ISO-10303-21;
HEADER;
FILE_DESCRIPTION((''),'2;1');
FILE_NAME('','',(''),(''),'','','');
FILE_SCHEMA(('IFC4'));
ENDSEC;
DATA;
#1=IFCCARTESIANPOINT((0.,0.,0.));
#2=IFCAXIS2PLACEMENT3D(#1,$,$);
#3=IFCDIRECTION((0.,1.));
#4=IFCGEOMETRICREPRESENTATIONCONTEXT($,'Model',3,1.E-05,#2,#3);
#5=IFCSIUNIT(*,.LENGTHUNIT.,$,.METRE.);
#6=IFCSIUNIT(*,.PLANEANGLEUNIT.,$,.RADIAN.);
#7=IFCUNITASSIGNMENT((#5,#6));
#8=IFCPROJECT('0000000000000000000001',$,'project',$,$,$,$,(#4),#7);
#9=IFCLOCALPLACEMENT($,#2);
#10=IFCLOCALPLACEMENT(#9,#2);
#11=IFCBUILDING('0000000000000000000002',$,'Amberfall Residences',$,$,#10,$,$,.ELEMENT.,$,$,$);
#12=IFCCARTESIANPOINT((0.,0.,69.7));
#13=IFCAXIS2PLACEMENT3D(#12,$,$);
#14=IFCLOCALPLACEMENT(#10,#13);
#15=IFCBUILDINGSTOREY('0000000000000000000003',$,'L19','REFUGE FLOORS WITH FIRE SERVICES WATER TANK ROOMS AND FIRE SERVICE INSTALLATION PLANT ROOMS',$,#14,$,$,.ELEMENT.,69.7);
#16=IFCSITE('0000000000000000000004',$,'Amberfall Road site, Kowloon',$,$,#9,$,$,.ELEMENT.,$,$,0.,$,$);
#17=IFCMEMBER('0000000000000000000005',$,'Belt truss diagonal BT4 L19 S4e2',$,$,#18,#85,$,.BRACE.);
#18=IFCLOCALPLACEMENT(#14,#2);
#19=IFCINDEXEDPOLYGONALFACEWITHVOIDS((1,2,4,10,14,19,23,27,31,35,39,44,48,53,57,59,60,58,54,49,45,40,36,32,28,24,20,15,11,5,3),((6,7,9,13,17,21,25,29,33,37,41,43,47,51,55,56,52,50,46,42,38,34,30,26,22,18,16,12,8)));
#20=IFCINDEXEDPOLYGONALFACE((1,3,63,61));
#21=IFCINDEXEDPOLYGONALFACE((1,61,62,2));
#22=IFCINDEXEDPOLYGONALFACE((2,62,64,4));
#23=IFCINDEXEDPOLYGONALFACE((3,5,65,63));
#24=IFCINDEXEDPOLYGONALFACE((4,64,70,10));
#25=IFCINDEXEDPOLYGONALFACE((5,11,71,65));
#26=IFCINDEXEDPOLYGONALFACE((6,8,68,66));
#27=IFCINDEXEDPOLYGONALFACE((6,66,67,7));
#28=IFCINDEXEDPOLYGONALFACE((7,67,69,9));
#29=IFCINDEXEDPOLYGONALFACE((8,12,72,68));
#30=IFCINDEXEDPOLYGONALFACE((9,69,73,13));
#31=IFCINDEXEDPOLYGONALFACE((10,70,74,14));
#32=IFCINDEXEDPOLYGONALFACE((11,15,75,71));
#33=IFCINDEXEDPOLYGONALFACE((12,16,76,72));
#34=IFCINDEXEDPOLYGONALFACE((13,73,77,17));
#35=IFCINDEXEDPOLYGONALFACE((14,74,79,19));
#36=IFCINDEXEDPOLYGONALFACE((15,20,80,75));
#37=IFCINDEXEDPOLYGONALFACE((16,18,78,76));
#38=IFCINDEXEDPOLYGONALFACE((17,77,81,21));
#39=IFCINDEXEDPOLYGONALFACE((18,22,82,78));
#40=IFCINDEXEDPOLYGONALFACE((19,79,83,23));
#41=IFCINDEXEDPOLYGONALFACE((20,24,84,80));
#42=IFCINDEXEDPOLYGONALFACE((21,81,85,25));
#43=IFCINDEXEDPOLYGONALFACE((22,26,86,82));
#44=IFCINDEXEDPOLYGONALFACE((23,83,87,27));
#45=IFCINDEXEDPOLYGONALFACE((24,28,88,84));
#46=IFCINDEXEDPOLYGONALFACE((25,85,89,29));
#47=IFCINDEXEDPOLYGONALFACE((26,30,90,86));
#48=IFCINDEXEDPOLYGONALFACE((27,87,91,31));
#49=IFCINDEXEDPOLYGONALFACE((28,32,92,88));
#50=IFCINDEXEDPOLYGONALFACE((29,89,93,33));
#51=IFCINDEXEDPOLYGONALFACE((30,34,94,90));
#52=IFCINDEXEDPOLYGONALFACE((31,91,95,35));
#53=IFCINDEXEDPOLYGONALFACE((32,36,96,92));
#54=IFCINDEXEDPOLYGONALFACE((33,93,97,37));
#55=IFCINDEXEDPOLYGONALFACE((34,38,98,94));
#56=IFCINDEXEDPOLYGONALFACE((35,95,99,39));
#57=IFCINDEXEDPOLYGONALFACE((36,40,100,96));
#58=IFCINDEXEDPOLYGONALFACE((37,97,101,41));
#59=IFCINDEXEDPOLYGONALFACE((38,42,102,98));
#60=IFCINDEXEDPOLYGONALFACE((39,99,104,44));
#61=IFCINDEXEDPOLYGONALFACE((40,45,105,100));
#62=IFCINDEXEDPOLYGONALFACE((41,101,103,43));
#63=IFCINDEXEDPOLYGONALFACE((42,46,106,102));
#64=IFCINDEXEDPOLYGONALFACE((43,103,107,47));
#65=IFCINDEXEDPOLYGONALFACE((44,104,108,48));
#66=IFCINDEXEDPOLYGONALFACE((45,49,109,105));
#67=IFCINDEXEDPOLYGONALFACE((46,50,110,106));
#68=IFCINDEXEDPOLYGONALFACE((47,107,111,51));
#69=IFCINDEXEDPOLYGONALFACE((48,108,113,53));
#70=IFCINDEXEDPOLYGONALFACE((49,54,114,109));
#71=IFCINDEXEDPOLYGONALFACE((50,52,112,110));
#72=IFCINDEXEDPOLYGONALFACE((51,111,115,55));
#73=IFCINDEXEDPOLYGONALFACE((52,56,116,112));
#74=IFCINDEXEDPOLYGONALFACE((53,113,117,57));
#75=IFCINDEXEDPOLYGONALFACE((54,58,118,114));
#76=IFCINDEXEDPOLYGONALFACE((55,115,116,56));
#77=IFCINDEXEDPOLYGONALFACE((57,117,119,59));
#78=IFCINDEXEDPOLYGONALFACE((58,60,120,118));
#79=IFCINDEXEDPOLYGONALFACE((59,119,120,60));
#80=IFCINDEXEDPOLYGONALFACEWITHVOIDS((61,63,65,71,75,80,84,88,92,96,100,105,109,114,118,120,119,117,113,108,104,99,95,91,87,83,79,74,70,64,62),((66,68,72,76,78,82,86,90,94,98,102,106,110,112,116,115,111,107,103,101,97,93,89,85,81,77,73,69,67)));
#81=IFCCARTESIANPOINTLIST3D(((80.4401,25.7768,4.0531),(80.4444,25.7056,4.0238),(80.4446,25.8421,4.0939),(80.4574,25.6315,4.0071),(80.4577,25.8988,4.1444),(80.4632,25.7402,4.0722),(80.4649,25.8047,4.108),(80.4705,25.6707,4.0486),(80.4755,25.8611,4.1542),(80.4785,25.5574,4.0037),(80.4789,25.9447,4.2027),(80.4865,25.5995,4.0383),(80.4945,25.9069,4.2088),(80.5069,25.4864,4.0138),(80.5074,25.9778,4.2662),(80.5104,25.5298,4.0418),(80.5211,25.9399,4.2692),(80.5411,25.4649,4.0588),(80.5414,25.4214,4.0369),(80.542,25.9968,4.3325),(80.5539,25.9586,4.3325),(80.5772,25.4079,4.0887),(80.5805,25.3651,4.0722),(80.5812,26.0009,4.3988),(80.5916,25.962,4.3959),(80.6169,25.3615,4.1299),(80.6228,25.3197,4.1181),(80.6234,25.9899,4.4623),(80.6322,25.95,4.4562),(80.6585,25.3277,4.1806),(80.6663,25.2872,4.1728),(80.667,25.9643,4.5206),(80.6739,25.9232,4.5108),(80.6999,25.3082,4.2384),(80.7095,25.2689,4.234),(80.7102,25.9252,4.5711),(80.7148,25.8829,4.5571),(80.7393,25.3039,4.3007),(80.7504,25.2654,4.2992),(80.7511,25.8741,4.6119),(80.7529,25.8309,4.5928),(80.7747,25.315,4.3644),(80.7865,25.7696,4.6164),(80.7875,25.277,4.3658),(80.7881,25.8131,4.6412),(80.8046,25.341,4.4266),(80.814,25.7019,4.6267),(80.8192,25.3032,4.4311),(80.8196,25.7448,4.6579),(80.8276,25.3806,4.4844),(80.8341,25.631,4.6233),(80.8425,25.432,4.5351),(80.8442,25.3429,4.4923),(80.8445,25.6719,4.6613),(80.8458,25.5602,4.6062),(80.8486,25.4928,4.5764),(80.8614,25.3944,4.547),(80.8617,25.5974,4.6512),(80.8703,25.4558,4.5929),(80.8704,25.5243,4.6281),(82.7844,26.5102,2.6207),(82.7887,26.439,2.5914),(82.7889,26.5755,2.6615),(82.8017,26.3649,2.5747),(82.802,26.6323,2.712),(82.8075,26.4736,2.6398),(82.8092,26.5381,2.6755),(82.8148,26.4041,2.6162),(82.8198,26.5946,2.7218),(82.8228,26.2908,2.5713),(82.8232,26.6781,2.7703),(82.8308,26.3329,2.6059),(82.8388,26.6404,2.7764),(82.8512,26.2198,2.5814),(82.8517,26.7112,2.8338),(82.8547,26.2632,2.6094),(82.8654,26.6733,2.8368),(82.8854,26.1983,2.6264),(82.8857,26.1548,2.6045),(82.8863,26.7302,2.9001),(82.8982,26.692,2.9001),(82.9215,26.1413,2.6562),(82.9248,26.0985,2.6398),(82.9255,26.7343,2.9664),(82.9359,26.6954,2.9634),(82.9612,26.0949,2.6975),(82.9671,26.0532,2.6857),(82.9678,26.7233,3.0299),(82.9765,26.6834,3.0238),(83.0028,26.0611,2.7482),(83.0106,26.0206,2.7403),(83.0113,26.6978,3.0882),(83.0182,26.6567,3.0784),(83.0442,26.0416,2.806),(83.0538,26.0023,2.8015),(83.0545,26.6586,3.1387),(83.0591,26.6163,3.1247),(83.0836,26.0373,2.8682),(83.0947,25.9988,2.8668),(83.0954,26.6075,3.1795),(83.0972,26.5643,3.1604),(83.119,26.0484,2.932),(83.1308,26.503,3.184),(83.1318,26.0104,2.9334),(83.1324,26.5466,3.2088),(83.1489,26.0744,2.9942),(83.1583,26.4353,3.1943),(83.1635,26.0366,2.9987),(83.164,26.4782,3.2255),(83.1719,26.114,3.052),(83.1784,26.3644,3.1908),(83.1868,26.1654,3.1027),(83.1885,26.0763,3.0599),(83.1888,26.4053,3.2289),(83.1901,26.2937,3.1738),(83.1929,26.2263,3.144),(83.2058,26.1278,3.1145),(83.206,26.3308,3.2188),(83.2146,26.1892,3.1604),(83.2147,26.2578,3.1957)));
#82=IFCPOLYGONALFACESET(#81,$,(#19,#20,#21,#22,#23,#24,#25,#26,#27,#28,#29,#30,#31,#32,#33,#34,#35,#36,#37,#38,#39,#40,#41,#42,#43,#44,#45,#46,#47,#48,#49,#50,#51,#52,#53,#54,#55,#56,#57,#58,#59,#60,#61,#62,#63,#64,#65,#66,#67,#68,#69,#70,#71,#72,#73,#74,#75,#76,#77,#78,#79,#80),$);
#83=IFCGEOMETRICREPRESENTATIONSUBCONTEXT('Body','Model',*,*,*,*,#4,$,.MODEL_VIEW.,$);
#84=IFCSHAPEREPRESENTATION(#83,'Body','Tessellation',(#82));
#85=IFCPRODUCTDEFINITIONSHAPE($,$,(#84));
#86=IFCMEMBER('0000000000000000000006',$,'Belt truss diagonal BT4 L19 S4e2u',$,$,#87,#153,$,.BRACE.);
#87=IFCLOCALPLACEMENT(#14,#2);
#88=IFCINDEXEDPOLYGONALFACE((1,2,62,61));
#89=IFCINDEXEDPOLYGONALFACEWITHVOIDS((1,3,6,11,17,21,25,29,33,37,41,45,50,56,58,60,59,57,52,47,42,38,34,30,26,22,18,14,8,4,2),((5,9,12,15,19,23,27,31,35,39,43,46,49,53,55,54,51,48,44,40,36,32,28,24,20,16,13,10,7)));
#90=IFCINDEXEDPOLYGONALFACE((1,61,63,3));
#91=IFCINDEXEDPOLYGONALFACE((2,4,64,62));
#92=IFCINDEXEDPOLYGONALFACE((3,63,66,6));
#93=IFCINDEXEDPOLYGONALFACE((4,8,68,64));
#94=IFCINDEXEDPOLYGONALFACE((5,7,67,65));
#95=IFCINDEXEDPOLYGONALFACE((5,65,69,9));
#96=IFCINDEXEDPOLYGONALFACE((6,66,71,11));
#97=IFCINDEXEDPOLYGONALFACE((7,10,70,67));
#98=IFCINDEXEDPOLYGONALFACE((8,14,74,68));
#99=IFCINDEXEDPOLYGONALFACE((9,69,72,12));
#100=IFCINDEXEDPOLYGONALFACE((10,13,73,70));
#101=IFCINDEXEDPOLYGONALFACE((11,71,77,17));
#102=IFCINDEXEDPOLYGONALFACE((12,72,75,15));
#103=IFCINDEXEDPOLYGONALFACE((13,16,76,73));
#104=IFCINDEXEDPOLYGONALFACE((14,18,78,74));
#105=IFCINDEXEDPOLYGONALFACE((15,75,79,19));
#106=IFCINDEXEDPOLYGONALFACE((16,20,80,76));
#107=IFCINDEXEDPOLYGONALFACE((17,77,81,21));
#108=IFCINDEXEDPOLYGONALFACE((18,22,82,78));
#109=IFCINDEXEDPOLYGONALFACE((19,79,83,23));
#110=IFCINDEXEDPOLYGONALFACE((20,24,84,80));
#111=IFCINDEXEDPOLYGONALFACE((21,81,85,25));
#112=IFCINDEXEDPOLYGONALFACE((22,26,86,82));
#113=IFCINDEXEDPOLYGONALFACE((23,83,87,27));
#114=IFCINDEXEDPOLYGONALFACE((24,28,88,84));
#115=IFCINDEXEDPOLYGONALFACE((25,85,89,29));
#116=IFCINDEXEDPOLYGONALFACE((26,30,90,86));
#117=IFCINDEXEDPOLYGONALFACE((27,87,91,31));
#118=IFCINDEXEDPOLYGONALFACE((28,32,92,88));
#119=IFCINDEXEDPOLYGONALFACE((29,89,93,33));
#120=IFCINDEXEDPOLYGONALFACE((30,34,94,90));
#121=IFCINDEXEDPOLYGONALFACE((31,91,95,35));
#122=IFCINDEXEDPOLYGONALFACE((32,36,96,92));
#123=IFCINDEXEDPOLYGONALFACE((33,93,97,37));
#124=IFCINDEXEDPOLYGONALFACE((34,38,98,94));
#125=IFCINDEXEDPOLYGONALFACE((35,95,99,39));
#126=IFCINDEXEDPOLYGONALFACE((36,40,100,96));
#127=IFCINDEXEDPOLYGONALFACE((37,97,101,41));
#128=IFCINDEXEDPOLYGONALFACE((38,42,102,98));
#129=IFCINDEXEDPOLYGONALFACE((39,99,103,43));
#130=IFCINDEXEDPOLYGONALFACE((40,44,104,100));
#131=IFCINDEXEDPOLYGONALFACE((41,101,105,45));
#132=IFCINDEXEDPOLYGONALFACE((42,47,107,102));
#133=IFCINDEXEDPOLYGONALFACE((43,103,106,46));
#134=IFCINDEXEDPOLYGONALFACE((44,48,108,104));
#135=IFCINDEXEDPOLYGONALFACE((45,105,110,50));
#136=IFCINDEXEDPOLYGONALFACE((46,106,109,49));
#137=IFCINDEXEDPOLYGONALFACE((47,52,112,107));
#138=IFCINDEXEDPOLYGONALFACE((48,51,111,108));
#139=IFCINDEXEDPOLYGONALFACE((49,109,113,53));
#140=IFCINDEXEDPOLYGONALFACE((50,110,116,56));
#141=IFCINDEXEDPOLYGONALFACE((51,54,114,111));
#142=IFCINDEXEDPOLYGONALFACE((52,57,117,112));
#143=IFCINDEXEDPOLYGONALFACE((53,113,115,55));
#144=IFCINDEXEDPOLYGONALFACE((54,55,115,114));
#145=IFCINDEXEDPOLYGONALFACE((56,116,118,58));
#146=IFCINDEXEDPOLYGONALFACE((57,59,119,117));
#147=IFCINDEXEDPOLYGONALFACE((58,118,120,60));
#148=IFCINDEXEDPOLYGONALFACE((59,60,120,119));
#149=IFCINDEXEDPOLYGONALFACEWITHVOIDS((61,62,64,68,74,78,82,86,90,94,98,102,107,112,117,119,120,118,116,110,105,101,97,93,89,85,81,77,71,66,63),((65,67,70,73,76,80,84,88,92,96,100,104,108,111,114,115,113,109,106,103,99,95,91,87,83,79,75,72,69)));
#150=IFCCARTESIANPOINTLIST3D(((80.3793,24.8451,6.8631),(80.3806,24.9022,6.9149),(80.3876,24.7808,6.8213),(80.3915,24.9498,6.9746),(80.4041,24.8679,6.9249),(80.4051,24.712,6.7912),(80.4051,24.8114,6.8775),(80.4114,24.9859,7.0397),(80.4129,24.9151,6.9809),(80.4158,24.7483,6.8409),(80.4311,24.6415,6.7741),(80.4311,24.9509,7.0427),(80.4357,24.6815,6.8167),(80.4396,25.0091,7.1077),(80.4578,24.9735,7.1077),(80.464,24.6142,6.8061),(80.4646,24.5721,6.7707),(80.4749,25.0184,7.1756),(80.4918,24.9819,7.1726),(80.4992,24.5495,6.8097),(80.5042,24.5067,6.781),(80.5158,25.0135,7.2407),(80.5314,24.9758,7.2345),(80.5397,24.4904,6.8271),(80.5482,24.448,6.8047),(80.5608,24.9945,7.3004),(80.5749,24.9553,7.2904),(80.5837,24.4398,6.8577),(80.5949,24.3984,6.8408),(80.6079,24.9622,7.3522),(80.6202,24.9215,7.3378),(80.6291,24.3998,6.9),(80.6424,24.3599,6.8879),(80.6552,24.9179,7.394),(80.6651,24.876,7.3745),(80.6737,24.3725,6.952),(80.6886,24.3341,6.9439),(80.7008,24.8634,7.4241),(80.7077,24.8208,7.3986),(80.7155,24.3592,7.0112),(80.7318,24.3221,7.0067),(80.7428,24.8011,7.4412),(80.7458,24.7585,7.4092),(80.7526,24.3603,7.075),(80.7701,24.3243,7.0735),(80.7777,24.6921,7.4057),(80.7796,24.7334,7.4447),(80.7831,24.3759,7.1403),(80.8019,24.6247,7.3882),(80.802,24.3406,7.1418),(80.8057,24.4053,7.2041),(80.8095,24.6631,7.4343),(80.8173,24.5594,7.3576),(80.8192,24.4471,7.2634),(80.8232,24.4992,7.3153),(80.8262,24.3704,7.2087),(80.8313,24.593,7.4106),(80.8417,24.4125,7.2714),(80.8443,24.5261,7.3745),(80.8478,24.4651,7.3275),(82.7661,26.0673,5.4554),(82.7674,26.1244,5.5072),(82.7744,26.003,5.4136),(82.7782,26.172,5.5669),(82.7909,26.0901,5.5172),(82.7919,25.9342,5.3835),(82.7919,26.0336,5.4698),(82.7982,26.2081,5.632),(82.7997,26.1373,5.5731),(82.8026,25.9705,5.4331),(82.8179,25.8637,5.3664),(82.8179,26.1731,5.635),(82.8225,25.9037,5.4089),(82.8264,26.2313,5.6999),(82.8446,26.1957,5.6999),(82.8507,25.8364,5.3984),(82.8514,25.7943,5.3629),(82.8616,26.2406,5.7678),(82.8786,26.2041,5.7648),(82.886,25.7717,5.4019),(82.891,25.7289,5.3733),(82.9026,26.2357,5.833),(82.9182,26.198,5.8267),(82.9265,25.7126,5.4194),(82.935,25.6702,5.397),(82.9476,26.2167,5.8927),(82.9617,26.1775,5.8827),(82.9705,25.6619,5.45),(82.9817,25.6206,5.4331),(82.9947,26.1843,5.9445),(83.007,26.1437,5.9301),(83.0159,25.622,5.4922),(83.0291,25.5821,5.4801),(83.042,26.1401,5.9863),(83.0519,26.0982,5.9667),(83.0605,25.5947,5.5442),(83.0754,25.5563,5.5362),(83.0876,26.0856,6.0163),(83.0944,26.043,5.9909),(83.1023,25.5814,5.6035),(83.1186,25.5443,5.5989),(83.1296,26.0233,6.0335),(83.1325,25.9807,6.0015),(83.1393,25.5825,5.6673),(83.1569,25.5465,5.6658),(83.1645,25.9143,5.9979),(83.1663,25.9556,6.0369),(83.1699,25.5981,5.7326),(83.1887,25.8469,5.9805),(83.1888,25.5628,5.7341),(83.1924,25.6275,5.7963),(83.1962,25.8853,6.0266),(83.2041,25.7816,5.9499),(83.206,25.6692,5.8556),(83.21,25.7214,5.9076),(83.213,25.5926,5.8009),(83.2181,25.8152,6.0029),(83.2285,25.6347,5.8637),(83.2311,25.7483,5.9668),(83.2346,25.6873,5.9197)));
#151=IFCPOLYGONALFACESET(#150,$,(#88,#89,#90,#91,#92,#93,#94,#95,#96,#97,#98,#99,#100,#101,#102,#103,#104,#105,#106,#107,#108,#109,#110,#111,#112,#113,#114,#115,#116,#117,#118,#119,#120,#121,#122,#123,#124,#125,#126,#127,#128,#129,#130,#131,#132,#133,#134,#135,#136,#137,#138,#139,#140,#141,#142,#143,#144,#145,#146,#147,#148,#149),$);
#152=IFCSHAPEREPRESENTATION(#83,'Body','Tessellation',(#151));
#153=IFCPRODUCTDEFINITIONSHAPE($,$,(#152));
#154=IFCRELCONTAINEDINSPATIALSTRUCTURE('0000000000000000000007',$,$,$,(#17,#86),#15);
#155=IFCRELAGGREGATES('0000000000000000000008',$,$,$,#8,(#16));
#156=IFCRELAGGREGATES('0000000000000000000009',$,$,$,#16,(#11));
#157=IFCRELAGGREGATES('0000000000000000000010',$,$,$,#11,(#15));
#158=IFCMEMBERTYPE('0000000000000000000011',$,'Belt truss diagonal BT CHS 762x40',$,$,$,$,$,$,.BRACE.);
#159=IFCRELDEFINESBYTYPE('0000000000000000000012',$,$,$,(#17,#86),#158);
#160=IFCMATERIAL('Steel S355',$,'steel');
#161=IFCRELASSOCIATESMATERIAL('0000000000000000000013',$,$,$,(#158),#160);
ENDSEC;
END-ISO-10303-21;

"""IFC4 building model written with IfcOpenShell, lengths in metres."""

from ifc_helpers import new_model, si_unit, direction, frame, origin, origin_2d, place, context, subcontext, project, spatial, hollow_circle, extrude, material, material_profile, profile_set, type_object, element, save


model = new_model("IFC4")

# Units and contexts
model_context = context("Model", 3, precision=1e-05, world=origin(), true_north=direction((0.0, 1.0)))
body_context = subcontext(model_context, "Body", "Model", "MODEL_VIEW")
ifc_project = project(units=[si_unit("LENGTHUNIT", "METRE"), si_unit("PLANEANGLEUNIT", "RADIAN")], contexts=[model_context])

# Site, building, storey
site_placement = place(None, origin())
site = spatial("IfcSite", under=ifc_project, at=site_placement, Name="Amberfall Road site, Kowloon", CompositionType="ELEMENT", RefElevation=0.0)
building_placement = place(site_placement, origin())
building = spatial("IfcBuilding", under=site, at=building_placement, Name="Amberfall Residences", CompositionType="ELEMENT")
storey_placement = place(building_placement, frame((0.0, 0.0, 69.7)))
storey = spatial("IfcBuildingStorey", under=building, at=storey_placement, Name="L19", Description="REFUGE FLOORS WITH FIRE SERVICES WATER TANK ROOMS AND FIRE SERVICE INSTALLATION PLANT ROOMS", CompositionType="ELEMENT", Elevation=69.7)

# Shared definitions
ifc_material_1 = material(Name="Steel S355", Category="steel")

# Members
ifc_material_profile_1 = material_profile(ifc_material_1, hollow_circle(Radius=0.3811, WallThickness=0.04, at=origin_2d()), Name="CHS 762x40")
ifc_profile_set_1 = profile_set([ifc_material_profile_1], Name="Steel S355")
member_type = type_object("IfcMemberType", Name="Belt truss diagonal BT CHS 762x40", PredefinedType="BRACE", material=ifc_profile_set_1)
member_1_placement = place(storey_placement, frame((80.6558, 25.6331, 4.3325), z_axis=(0.824444, 0.257929, -0.503751), x_axis=(-0.298581, 0.954384, 0.0)))
element("IfcMember", 1, at=member_1_placement, inside=storey, type_object=member_type, Name="Belt truss diagonal BT4 L19 S4e2", PredefinedType="BRACE", context=body_context, shape_type="SweptSolid", body=[
    extrude(hollow_circle(Radius=0.3811, WallThickness=0.04, at=origin_2d()), origin(), (0.0, 0.0, 1.0), 2.8435),
])
member_2_placement = place(storey_placement, frame((80.6133, 24.6699, 7.1077), z_axis=(0.788087, 0.403556, -0.464823), x_axis=(-0.455788, 0.890088, 0.0)))
element("IfcMember", 2, at=member_2_placement, inside=storey, type_object=member_type, Name="Belt truss diagonal BT4 L19 S4e2u", PredefinedType="BRACE", context=body_context, shape_type="SweptSolid", body=[
    extrude(hollow_circle(Radius=0.3811, WallThickness=0.04, at=origin_2d()), origin(), (0.0, 0.0, 1.0), 3.0286),
])

save(model, "model.ifc")
